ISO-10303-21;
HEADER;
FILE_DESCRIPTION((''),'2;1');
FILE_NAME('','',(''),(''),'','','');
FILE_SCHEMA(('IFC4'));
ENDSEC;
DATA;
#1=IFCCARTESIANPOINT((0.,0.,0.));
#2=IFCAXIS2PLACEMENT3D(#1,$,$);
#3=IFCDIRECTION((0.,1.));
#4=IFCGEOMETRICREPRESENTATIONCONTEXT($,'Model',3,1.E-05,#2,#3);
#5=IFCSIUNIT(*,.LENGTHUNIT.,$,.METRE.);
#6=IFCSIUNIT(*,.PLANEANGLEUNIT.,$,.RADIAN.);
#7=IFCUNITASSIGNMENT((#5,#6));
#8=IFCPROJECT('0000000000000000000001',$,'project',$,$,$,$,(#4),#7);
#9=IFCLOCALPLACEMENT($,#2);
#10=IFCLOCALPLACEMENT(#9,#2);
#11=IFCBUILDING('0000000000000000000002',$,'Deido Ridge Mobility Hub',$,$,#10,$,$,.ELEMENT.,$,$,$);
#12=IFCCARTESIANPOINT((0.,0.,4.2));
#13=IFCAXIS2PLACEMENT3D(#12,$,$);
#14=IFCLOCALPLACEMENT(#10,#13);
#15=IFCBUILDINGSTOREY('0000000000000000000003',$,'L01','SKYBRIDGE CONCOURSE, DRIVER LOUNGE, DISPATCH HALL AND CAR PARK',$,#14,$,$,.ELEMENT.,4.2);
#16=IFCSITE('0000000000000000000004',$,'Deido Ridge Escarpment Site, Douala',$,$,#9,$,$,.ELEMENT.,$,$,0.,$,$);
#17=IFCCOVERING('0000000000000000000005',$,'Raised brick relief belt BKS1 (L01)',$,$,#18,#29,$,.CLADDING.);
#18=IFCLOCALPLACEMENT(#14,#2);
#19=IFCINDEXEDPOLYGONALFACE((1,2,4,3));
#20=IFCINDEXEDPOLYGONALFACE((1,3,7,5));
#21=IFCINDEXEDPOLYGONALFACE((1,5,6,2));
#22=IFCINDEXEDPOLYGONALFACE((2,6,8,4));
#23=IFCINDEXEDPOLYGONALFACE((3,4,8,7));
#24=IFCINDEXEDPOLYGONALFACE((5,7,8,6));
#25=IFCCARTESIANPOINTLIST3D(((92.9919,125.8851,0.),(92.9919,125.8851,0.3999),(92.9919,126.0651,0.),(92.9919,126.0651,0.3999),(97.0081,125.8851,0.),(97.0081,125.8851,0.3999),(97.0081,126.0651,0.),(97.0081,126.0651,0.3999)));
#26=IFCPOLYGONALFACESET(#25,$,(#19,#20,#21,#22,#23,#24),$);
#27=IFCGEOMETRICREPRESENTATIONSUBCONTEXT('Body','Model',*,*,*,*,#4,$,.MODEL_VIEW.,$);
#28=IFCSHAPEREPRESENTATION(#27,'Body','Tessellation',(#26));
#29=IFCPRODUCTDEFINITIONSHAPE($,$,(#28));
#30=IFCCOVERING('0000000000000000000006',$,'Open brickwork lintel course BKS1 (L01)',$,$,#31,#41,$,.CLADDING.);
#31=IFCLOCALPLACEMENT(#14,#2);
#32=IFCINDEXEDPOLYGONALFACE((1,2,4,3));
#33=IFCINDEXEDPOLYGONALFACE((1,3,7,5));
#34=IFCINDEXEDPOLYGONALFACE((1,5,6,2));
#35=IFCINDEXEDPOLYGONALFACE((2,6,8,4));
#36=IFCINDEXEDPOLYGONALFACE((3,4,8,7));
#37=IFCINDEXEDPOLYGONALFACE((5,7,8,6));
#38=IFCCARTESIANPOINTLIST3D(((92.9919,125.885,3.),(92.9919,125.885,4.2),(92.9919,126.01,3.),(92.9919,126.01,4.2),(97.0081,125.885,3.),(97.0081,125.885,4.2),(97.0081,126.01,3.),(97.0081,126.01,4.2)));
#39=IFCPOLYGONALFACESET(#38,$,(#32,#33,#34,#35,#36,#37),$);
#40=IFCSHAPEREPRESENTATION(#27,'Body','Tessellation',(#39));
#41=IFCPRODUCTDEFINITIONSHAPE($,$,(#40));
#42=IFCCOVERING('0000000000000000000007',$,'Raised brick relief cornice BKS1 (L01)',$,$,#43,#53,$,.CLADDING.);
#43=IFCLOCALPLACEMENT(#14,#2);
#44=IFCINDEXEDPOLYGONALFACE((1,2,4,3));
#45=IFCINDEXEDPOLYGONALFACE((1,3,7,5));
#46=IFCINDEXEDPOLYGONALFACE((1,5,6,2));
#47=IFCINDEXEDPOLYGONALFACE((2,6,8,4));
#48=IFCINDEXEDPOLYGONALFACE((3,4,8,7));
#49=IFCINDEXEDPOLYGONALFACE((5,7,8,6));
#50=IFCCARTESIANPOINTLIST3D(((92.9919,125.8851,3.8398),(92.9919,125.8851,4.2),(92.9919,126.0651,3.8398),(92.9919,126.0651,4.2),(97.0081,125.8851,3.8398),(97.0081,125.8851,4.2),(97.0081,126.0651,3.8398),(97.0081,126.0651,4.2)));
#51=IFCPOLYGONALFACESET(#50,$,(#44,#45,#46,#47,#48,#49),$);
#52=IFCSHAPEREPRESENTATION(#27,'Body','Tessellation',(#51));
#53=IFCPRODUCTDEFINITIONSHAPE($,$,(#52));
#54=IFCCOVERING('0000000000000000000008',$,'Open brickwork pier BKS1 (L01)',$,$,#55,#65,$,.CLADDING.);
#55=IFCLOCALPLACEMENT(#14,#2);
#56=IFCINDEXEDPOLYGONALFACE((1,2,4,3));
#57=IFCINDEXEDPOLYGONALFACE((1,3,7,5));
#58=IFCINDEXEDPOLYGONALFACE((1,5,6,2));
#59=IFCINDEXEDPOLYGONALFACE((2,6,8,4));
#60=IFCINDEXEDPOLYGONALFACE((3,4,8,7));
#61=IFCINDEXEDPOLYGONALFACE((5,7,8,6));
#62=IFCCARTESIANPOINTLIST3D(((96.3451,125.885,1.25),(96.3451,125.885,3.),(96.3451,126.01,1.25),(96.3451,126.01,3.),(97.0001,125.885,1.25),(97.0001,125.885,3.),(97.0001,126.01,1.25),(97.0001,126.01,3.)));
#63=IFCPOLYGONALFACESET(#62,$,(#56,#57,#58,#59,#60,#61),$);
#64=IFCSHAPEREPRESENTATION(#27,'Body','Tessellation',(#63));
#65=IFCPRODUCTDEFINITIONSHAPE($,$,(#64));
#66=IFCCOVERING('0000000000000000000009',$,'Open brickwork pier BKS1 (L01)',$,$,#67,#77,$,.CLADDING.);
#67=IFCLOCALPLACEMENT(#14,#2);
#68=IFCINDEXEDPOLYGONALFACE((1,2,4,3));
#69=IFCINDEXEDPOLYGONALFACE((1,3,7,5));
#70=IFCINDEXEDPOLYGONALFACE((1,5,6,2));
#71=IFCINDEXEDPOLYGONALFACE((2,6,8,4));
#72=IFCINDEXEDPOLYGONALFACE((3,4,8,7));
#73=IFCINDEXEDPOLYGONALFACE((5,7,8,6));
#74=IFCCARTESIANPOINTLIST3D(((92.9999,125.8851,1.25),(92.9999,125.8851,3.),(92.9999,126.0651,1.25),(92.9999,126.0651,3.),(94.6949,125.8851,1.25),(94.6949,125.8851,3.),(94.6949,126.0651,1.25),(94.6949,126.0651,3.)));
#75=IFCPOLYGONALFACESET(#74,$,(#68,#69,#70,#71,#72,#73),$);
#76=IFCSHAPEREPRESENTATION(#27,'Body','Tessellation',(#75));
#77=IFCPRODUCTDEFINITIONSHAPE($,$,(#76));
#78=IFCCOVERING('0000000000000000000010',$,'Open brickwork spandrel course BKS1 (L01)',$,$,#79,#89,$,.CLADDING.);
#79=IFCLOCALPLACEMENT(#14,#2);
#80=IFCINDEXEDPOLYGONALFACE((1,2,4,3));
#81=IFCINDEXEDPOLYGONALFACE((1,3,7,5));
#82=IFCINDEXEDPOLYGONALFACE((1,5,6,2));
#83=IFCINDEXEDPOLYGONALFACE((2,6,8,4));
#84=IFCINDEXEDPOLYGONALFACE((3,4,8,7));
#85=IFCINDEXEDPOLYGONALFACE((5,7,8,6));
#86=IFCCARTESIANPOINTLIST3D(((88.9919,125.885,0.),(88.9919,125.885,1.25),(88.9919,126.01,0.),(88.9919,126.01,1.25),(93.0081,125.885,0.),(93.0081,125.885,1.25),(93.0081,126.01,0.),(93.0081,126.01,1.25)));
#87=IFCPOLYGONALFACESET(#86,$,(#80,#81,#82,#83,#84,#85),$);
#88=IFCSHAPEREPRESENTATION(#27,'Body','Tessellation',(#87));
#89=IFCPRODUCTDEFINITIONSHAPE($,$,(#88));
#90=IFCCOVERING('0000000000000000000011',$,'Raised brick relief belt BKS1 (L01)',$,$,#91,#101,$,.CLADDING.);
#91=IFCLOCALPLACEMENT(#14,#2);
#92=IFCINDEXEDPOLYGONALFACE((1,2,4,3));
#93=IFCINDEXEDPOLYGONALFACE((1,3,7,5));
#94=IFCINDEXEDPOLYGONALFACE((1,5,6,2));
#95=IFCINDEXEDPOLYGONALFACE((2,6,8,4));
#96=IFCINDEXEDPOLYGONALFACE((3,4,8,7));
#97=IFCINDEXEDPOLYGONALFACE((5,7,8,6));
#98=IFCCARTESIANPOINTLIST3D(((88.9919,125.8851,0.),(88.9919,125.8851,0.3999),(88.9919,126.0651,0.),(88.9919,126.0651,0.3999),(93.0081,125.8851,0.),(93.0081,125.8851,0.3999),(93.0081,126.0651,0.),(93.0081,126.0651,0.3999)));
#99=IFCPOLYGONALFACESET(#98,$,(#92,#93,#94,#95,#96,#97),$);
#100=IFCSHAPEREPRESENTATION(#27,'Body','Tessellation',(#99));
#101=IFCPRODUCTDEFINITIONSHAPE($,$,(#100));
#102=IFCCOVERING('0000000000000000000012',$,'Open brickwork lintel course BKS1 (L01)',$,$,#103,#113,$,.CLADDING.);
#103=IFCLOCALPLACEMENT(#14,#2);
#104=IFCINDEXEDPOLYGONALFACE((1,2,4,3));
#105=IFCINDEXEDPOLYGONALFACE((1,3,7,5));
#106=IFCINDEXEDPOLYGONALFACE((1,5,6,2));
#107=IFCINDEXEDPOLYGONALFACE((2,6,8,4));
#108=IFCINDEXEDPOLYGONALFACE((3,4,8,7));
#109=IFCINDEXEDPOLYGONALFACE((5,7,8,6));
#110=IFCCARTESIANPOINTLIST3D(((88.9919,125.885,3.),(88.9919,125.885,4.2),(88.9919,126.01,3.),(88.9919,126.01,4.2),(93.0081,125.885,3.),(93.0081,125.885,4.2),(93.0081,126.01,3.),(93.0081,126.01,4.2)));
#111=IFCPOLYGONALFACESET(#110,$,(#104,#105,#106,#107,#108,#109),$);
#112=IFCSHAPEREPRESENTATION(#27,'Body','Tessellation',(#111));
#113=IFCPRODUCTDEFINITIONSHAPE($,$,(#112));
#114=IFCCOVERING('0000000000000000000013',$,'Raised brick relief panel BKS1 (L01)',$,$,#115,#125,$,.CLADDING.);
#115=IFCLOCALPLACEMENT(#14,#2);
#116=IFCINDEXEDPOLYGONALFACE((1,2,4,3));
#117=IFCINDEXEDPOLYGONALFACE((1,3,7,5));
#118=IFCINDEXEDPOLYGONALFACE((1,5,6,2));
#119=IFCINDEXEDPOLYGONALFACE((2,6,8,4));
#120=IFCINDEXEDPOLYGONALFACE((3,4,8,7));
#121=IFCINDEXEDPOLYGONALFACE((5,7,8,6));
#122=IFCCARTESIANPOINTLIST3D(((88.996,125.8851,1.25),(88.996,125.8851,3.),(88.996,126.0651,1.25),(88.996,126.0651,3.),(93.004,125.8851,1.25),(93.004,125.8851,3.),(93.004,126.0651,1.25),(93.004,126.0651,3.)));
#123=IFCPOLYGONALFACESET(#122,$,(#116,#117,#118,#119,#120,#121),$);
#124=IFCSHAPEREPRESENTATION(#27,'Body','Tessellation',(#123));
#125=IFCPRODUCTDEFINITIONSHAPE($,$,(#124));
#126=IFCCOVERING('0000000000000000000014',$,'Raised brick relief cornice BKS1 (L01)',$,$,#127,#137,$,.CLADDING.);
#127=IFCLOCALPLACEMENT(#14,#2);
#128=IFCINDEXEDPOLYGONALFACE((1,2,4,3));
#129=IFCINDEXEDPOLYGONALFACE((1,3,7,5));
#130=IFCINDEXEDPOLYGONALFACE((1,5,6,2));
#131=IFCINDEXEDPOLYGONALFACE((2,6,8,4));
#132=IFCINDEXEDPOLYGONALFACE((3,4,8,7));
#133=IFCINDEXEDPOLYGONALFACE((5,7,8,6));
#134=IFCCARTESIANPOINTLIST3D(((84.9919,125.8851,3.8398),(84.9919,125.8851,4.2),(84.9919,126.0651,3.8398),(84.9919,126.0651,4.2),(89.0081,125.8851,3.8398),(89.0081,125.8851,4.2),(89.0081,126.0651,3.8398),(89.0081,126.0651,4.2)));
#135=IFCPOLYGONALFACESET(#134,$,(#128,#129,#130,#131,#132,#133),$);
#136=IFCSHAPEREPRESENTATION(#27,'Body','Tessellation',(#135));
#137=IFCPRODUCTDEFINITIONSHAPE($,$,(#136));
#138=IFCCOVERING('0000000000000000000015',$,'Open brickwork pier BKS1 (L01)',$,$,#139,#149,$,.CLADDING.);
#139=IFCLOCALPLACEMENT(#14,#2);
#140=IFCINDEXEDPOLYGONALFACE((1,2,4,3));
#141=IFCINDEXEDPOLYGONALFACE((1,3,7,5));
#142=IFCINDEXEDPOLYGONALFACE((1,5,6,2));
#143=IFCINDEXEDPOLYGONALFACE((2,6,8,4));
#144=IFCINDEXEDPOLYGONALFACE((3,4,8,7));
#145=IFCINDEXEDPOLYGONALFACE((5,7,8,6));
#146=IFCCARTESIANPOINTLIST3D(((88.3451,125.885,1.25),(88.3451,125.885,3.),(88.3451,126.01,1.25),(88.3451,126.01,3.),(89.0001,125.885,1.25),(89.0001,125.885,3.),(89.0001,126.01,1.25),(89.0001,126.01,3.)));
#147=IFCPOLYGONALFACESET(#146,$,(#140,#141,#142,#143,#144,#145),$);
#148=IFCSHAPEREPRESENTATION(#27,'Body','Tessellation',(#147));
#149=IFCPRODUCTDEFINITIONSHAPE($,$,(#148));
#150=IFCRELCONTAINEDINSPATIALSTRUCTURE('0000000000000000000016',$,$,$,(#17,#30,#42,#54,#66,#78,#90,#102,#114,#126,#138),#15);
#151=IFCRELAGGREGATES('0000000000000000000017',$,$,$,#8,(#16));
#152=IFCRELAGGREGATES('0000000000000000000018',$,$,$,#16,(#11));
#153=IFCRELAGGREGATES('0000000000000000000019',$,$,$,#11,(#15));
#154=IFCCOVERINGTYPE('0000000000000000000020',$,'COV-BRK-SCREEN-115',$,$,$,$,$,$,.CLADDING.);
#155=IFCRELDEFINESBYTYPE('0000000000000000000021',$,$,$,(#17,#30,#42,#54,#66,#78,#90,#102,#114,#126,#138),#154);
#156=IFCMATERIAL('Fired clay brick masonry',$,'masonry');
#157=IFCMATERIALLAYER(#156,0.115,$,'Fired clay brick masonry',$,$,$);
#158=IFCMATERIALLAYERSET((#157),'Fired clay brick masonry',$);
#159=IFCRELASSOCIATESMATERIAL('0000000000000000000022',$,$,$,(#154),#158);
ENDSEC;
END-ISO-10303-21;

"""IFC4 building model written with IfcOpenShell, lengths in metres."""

from ifc_helpers import new_model, si_unit, direction, frame, origin, origin_2d, place, context, subcontext, project, spatial, rectangle, extrude, material, layer, layer_set, type_object, element, save


model = new_model("IFC4")

# Units and contexts
model_context = context("Model", 3, precision=1e-05, world=origin(), true_north=direction((0.0, 1.0)))
body_context = subcontext(model_context, "Body", "Model", "MODEL_VIEW")
ifc_project = project(units=[si_unit("LENGTHUNIT", "METRE"), si_unit("PLANEANGLEUNIT", "RADIAN")], contexts=[model_context])

# Site, building, storey
site_placement = place(None, origin())
site = spatial("IfcSite", under=ifc_project, at=site_placement, Name="Deido Ridge Escarpment Site, Douala", CompositionType="ELEMENT", RefElevation=0.0)
building_placement = place(site_placement, origin())
building = spatial("IfcBuilding", under=site, at=building_placement, Name="Deido Ridge Mobility Hub", CompositionType="ELEMENT")
storey_placement = place(building_placement, frame((0.0, 0.0, 4.2)))
storey = spatial("IfcBuildingStorey", under=building, at=storey_placement, Name="L01", Description="SKYBRIDGE CONCOURSE, DRIVER LOUNGE, DISPATCH HALL AND CAR PARK", CompositionType="ELEMENT", Elevation=4.2)

# Coverings
ifc_material_1 = material(Name="Fired clay brick masonry", Category="masonry")
ifc_layer = layer(ifc_material_1, 0.115, Name="Fired clay brick masonry")
ifc_layer_set = layer_set([ifc_layer], Name="Fired clay brick masonry")
covering_type = type_object("IfcCoveringType", Name="COV-BRK-SCREEN-115", PredefinedType="CLADDING", material=ifc_layer_set)
covering_1_placement = place(storey_placement, frame((95.0, 125.9751, 0.0), z_axis=(0.0, 0.0, 1.0), x_axis=(-1.0, 0.0, 0.0)))
element("IfcCovering", 1, at=covering_1_placement, inside=storey, type_object=covering_type, Name="Raised brick relief belt BKS1 (L01)", PredefinedType="CLADDING", context=body_context, shape_type="SweptSolid", body=[
    extrude(rectangle(XDim=4.0161, YDim=0.1799, at=origin_2d()), origin(), (0.0, 0.0, 1.0), 0.3999),
])
covering_2_placement = place(storey_placement, frame((95.0, 125.9475, 3.0), z_axis=(0.0, 0.0, 1.0), x_axis=(-1.0, 0.0, 0.0)))
element("IfcCovering", 2, at=covering_2_placement, inside=storey, type_object=covering_type, Name="Open brickwork lintel course BKS1 (L01)", PredefinedType="CLADDING", context=body_context, shape_type="SweptSolid", body=[
    extrude(rectangle(XDim=4.0161, YDim=0.125, at=origin_2d()), origin(), (0.0, 0.0, 1.0), 1.2),
])
covering_3_placement = place(storey_placement, frame((95.0, 125.9751, 3.8398), z_axis=(0.0, 0.0, 1.0), x_axis=(-1.0, 0.0, 0.0)))
element("IfcCovering", 3, at=covering_3_placement, inside=storey, type_object=covering_type, Name="Raised brick relief cornice BKS1 (L01)", PredefinedType="CLADDING", context=body_context, shape_type="SweptSolid", body=[
    extrude(rectangle(XDim=4.0161, YDim=0.1799, at=origin_2d()), origin(), (0.0, 0.0, 1.0), 0.3601),
])
covering_4_placement = place(storey_placement, frame((96.6726, 125.9475, 1.25), z_axis=(0.0, 0.0, 1.0), x_axis=(-1.0, 0.0, 0.0)))
element("IfcCovering", 4, at=covering_4_placement, inside=storey, type_object=covering_type, Name="Open brickwork pier BKS1 (L01)", PredefinedType="CLADDING", context=body_context, shape_type="SweptSolid", body=[
    extrude(rectangle(XDim=0.655, YDim=0.125, at=origin_2d()), origin(), (0.0, 0.0, 1.0), 1.75),
])
covering_5_placement = place(storey_placement, frame((93.8474, 125.9751, 1.25), z_axis=(0.0, 0.0, 1.0), x_axis=(-1.0, 0.0, 0.0)))
element("IfcCovering", 5, at=covering_5_placement, inside=storey, type_object=covering_type, Name="Open brickwork pier BKS1 (L01)", PredefinedType="CLADDING", context=body_context, shape_type="SweptSolid", body=[
    extrude(rectangle(XDim=1.6951, YDim=0.1799, at=origin_2d()), origin(), (0.0, 0.0, 1.0), 1.75),
])
covering_6_placement = place(storey_placement, frame((91.0, 125.9475, 0.0), z_axis=(0.0, 0.0, 1.0), x_axis=(-1.0, 0.0, 0.0)))
element("IfcCovering", 6, at=covering_6_placement, inside=storey, type_object=covering_type, Name="Open brickwork spandrel course BKS1 (L01)", PredefinedType="CLADDING", context=body_context, shape_type="SweptSolid", body=[
    extrude(rectangle(XDim=4.0161, YDim=0.125, at=origin_2d()), origin(), (0.0, 0.0, 1.0), 1.25),
])
covering_7_placement = place(storey_placement, frame((91.0, 125.9751, 0.0), z_axis=(0.0, 0.0, 1.0), x_axis=(-1.0, 0.0, 0.0)))
element("IfcCovering", 7, at=covering_7_placement, inside=storey, type_object=covering_type, Name="Raised brick relief belt BKS1 (L01)", PredefinedType="CLADDING", context=body_context, shape_type="SweptSolid", body=[
    extrude(rectangle(XDim=4.0161, YDim=0.1799, at=origin_2d()), origin(), (0.0, 0.0, 1.0), 0.3999),
])
covering_8_placement = place(storey_placement, frame((91.0, 125.9475, 3.0), z_axis=(0.0, 0.0, 1.0), x_axis=(-1.0, 0.0, 0.0)))
element("IfcCovering", 8, at=covering_8_placement, inside=storey, type_object=covering_type, Name="Open brickwork lintel course BKS1 (L01)", PredefinedType="CLADDING", context=body_context, shape_type="SweptSolid", body=[
    extrude(rectangle(XDim=4.0161, YDim=0.125, at=origin_2d()), origin(), (0.0, 0.0, 1.0), 1.2),
])
covering_9_placement = place(storey_placement, frame((91.0, 125.9751, 1.25), z_axis=(0.0, 0.0, 1.0), x_axis=(-1.0, 0.0, 0.0)))
element("IfcCovering", 9, at=covering_9_placement, inside=storey, type_object=covering_type, Name="Raised brick relief panel BKS1 (L01)", PredefinedType="CLADDING", context=body_context, shape_type="SweptSolid", body=[
    extrude(rectangle(XDim=4.0081, YDim=0.1799, at=origin_2d()), origin(), (0.0, 0.0, 1.0), 1.75),
])
covering_10_placement = place(storey_placement, frame((87.0, 125.9751, 3.8398), z_axis=(0.0, 0.0, 1.0), x_axis=(-1.0, 0.0, 0.0)))
element("IfcCovering", 10, at=covering_10_placement, inside=storey, type_object=covering_type, Name="Raised brick relief cornice BKS1 (L01)", PredefinedType="CLADDING", context=body_context, shape_type="SweptSolid", body=[
    extrude(rectangle(XDim=4.0161, YDim=0.1799, at=origin_2d()), origin(), (0.0, 0.0, 1.0), 0.3601),
])
covering_11_placement = place(storey_placement, frame((88.6726, 125.9475, 1.25), z_axis=(0.0, 0.0, 1.0), x_axis=(-1.0, 0.0, 0.0)))
element("IfcCovering", 11, at=covering_11_placement, inside=storey, type_object=covering_type, Name="Open brickwork pier BKS1 (L01)", PredefinedType="CLADDING", context=body_context, shape_type="SweptSolid", body=[
    extrude(rectangle(XDim=0.655, YDim=0.125, at=origin_2d()), origin(), (0.0, 0.0, 1.0), 1.75),
])

save(model, "model.ifc")
